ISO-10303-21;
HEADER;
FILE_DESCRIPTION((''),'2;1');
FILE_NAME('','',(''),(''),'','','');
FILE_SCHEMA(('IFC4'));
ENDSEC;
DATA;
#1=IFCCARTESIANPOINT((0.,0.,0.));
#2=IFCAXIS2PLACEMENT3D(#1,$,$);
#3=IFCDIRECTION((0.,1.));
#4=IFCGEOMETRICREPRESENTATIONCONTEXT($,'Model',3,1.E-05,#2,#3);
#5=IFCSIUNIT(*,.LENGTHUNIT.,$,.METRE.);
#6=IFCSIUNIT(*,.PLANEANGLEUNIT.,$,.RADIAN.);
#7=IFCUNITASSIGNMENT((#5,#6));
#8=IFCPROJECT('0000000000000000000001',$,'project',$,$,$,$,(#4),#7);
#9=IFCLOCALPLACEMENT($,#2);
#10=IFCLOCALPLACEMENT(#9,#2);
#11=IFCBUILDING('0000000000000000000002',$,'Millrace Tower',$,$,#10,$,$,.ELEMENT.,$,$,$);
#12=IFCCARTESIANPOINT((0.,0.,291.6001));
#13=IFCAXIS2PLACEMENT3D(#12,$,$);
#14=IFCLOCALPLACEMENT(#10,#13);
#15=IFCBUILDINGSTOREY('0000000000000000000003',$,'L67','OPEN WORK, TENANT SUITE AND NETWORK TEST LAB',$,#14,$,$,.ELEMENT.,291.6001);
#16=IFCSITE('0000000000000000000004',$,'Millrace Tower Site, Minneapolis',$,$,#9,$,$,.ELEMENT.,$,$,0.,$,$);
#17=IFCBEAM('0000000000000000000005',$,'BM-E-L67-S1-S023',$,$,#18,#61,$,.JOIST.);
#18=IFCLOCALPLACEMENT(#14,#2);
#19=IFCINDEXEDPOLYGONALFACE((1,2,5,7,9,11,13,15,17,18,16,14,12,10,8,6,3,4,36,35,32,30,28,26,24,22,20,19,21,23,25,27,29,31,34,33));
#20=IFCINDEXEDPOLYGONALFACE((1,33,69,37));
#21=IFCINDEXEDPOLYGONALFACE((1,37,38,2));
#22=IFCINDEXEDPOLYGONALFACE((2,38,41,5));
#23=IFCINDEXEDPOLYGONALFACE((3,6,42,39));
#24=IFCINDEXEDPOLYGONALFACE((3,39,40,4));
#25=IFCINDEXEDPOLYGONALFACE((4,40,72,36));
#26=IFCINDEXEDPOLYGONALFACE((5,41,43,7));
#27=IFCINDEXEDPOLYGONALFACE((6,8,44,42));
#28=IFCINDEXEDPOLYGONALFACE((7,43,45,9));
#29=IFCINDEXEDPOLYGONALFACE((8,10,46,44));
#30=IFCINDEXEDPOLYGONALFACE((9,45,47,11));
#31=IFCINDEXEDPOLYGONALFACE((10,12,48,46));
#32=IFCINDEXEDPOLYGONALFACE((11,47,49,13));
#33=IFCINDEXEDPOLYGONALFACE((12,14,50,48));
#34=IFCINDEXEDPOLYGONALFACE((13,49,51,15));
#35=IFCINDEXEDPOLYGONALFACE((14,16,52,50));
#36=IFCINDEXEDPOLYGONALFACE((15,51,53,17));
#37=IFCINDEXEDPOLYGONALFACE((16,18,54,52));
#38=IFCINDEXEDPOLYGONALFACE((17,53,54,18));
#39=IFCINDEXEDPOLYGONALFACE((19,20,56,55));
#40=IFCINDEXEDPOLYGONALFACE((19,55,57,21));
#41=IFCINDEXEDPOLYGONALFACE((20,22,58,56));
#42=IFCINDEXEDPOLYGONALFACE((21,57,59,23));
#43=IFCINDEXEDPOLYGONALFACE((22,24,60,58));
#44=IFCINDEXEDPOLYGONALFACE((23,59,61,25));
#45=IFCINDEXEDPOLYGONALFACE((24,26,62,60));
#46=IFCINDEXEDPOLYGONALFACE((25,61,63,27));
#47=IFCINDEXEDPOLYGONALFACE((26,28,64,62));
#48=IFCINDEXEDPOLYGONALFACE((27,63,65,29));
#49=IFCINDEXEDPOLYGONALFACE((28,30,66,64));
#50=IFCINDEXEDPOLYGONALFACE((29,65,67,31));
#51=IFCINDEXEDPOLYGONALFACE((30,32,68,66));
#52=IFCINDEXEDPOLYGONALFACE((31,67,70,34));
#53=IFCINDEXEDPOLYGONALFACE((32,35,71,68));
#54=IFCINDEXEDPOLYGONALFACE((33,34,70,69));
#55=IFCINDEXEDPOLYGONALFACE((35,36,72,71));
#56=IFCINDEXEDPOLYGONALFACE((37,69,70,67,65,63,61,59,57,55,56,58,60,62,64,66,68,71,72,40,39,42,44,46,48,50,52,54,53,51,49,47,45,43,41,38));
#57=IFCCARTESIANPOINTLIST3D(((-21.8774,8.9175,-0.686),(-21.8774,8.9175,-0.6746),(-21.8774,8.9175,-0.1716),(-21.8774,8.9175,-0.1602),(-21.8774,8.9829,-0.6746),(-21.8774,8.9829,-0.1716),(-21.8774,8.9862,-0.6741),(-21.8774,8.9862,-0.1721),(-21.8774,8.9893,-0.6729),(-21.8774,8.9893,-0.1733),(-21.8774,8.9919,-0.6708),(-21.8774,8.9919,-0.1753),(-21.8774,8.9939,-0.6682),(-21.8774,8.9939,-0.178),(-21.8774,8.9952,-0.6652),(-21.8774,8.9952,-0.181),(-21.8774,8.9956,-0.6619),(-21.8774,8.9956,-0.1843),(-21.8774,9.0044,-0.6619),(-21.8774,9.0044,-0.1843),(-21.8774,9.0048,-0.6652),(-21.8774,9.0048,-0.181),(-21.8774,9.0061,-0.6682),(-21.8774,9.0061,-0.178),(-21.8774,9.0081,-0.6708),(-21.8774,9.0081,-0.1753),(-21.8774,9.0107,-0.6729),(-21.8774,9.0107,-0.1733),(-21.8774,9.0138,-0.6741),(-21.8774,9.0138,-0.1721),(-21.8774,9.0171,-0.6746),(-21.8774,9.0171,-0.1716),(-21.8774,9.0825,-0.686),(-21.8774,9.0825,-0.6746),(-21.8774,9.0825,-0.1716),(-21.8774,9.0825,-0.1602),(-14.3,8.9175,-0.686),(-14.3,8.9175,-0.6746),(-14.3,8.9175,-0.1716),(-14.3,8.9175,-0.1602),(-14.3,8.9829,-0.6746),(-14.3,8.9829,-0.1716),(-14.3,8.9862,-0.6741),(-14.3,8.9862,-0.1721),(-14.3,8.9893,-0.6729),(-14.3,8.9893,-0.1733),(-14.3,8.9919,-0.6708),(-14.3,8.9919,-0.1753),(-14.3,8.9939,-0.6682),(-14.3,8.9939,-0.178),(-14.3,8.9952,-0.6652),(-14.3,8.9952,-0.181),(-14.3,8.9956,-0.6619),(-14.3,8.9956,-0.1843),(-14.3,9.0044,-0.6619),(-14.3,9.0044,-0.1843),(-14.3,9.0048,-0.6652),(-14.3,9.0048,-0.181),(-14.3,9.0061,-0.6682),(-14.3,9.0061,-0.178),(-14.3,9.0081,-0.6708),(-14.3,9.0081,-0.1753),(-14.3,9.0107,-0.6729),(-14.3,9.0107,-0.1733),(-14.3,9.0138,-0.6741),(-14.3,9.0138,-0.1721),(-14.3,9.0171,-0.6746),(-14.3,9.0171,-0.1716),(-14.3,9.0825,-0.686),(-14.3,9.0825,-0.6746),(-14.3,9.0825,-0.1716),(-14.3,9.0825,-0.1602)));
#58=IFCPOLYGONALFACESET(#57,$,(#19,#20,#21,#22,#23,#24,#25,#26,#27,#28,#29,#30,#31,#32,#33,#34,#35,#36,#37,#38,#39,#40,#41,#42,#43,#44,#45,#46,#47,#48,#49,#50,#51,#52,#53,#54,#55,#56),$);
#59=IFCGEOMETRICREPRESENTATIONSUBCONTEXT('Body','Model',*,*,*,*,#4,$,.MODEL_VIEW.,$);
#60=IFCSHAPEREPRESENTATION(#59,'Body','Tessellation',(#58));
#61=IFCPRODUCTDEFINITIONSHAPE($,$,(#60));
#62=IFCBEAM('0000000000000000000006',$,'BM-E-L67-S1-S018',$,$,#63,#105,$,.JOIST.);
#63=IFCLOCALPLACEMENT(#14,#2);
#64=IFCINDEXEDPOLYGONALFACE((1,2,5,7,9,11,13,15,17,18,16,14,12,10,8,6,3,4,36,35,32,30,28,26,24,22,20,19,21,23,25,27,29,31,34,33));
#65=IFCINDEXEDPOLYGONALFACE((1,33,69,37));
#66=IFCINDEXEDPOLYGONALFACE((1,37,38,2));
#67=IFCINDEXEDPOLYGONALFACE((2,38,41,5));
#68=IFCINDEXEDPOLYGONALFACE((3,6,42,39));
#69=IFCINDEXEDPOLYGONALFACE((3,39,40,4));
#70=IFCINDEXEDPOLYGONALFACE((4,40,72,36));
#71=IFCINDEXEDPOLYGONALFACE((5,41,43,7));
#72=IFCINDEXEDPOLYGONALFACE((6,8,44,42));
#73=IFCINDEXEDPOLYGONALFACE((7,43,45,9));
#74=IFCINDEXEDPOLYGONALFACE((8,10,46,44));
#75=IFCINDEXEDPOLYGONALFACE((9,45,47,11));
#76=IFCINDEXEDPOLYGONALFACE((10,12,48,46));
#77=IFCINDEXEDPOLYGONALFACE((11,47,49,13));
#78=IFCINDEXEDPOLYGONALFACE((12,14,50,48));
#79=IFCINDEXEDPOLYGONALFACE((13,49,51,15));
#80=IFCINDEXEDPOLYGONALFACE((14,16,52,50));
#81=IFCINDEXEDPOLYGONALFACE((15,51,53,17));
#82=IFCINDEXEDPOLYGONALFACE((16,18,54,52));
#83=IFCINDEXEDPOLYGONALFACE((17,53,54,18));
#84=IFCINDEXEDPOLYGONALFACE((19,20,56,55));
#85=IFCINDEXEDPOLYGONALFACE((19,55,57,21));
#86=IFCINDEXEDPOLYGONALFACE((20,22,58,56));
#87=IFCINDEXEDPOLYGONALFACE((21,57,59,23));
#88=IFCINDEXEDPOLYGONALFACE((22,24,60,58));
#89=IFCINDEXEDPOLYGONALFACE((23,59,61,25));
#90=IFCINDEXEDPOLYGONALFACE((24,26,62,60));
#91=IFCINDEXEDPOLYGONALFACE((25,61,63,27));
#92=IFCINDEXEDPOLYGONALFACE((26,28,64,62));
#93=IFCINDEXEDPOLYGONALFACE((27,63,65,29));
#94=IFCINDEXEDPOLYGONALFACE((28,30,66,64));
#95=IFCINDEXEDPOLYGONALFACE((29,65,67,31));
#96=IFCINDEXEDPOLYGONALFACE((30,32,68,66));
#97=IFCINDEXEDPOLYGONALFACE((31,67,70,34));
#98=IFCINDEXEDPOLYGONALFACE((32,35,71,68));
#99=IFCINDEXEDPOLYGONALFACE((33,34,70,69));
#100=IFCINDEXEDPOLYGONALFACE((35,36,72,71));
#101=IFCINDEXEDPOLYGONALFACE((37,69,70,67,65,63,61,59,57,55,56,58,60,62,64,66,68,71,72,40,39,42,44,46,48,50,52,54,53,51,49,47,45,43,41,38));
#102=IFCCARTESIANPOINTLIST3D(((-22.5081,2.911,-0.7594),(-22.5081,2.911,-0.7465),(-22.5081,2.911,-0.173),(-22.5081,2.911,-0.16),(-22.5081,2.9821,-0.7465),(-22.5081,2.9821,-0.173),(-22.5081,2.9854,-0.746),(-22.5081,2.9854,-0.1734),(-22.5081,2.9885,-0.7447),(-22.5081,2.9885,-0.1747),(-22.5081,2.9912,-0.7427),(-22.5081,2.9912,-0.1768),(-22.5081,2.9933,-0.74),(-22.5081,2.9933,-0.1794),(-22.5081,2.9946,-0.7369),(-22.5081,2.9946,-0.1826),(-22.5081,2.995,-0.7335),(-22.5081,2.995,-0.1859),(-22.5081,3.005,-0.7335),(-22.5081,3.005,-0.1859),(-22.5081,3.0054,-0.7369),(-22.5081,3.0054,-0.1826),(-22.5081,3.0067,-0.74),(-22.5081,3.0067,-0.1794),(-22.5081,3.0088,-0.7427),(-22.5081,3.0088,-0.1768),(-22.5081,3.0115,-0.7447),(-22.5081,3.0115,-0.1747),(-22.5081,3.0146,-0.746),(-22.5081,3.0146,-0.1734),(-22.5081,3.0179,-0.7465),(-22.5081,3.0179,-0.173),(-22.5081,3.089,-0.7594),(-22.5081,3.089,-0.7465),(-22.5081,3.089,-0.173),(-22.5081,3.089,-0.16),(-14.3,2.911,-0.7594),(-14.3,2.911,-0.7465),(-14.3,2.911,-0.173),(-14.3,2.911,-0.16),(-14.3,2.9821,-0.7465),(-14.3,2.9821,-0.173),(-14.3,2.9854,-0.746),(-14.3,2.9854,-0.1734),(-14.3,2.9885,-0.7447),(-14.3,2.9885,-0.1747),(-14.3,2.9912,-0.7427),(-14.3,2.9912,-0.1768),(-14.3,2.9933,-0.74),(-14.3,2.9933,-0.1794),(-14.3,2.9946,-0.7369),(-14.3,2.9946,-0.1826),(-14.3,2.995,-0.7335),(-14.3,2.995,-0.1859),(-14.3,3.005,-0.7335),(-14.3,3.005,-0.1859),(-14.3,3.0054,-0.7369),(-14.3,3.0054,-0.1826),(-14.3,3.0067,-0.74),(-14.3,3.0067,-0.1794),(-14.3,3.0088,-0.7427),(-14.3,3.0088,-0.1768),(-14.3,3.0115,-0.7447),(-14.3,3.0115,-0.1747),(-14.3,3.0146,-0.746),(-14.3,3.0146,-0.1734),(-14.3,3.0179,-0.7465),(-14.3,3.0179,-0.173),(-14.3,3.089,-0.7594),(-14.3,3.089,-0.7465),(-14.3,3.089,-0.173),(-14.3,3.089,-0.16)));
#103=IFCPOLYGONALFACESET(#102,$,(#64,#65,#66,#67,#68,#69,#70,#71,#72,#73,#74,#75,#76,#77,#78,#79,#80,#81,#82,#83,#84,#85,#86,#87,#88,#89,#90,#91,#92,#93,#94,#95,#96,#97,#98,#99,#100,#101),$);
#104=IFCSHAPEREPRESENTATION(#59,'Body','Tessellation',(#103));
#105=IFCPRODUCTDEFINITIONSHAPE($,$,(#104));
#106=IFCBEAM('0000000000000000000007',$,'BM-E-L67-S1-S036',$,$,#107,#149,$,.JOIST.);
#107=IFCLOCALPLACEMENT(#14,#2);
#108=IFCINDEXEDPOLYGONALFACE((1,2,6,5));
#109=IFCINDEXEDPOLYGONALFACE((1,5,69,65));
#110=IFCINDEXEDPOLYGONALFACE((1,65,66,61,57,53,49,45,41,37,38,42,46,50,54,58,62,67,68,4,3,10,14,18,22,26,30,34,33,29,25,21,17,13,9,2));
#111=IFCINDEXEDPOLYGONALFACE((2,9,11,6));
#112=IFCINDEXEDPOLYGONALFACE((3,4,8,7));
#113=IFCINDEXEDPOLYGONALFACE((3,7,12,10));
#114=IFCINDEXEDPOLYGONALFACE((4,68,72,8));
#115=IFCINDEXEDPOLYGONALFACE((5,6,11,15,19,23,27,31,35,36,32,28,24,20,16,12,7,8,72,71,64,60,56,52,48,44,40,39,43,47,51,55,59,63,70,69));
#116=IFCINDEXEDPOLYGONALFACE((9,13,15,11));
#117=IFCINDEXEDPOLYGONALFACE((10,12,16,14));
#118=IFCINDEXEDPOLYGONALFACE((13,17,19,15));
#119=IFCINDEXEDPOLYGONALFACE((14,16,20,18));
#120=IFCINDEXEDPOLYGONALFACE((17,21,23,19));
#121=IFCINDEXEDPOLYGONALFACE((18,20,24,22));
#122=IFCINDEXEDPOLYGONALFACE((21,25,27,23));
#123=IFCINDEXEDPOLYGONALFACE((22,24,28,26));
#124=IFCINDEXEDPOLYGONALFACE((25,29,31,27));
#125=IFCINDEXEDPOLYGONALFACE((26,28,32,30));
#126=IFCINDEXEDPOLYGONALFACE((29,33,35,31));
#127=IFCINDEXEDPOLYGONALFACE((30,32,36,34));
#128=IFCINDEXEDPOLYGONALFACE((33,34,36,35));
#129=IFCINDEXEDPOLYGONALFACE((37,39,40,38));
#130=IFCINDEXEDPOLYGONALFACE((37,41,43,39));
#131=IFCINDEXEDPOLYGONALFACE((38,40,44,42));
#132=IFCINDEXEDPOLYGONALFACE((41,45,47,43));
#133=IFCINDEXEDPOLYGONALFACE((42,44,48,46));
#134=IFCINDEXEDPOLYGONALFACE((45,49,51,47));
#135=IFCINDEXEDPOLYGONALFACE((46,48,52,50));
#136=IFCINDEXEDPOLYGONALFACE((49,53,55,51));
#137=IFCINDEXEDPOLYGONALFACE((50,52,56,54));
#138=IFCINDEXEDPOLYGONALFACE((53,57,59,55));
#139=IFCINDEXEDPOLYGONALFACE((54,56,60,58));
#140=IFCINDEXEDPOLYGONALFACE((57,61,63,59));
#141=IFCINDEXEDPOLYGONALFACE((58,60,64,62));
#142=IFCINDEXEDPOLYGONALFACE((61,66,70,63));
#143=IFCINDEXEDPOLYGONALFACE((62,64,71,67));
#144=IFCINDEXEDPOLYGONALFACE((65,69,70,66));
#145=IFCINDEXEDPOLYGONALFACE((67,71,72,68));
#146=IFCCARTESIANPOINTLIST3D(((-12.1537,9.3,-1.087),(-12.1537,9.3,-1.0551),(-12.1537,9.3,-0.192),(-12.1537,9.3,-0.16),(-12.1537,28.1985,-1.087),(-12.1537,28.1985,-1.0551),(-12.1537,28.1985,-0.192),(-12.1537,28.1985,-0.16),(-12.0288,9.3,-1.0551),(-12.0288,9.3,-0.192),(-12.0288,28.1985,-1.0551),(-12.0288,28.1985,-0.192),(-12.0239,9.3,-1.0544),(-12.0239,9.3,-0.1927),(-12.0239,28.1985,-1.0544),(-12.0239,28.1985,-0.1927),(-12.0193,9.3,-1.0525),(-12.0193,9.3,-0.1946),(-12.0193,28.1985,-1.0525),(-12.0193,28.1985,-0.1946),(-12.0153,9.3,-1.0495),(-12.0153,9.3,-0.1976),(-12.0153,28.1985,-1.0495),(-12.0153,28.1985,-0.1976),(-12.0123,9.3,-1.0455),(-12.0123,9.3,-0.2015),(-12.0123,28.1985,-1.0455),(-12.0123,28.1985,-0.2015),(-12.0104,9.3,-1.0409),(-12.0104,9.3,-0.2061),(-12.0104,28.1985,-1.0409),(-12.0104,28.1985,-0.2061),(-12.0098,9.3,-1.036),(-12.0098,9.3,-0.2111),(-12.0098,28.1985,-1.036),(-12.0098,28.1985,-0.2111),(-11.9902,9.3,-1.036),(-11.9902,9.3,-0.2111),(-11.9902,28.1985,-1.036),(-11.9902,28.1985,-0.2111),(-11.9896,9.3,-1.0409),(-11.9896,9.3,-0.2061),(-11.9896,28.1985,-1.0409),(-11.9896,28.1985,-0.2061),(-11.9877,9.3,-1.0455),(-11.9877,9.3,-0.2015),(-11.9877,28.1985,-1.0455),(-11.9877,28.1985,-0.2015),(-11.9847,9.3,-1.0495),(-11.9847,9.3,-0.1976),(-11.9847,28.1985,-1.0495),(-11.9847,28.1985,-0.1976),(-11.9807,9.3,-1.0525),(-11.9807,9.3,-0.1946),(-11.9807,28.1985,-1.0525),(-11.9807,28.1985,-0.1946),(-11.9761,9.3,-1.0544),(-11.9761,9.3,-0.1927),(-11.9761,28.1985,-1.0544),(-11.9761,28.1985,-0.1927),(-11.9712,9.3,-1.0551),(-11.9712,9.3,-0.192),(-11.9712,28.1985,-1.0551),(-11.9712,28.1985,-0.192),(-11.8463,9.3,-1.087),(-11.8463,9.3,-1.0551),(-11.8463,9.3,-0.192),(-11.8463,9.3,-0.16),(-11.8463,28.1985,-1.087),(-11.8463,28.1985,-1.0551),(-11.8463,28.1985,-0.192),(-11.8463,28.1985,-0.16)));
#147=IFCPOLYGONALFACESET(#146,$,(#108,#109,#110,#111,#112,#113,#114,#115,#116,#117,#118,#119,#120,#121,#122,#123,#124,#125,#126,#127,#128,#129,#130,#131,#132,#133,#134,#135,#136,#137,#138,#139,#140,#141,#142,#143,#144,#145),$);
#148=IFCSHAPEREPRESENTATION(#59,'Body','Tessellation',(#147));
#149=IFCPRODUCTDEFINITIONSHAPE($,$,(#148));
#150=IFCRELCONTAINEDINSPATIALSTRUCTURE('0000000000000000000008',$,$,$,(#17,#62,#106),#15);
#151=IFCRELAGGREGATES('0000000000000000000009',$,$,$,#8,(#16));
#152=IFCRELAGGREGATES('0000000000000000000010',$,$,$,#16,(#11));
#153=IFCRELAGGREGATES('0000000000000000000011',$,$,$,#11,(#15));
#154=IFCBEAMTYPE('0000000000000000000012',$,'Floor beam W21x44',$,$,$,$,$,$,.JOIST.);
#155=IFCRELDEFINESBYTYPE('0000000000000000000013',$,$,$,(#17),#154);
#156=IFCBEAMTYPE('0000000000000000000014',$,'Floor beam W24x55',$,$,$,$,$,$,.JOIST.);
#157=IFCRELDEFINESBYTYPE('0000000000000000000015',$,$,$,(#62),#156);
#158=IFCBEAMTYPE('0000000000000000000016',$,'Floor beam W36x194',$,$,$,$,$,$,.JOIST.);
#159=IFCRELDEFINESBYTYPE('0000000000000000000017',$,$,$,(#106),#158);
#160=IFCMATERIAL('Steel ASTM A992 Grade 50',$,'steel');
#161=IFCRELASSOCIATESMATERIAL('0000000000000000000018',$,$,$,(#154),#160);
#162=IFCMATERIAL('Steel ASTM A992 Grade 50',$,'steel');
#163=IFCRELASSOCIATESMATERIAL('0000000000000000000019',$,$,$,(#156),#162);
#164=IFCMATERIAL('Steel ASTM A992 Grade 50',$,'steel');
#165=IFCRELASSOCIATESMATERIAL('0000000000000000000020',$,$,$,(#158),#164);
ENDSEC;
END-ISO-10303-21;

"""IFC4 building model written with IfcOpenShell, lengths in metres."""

from ifc_helpers import new_model, si_unit, direction, frame, origin, origin_2d, place, context, subcontext, project, spatial, i_section, extrude, material, material_profile, profile_set, type_object, element, save


model = new_model("IFC4")

# Units and contexts
model_context = context("Model", 3, precision=1e-05, world=origin(), true_north=direction((0.0, 1.0)))
body_context = subcontext(model_context, "Body", "Model", "MODEL_VIEW")
ifc_project = project(units=[si_unit("LENGTHUNIT", "METRE"), si_unit("PLANEANGLEUNIT", "RADIAN")], contexts=[model_context])

# Site, building, storey
site_placement = place(None, origin())
site = spatial("IfcSite", under=ifc_project, at=site_placement, Name="Millrace Tower Site, Minneapolis", CompositionType="ELEMENT", RefElevation=0.0)
building_placement = place(site_placement, origin())
building = spatial("IfcBuilding", under=site, at=building_placement, Name="Millrace Tower", CompositionType="ELEMENT")
storey_placement = place(building_placement, frame((0.0, 0.0, 291.6001)))
storey = spatial("IfcBuildingStorey", under=building, at=storey_placement, Name="L67", Description="OPEN WORK, TENANT SUITE AND NETWORK TEST LAB", CompositionType="ELEMENT", Elevation=291.6001)

# Beams
ifc_material_1 = material(Name="Steel ASTM A992 Grade 50", Category="steel")
ifc_material_profile_1 = material_profile(ifc_material_1, i_section(OverallWidth=0.165, OverallDepth=0.5259, WebThickness=0.0088, FlangeThickness=0.0115, FilletRadius=0.0127, at=origin_2d()))
ifc_profile_set_1 = profile_set([ifc_material_profile_1], Name="Steel ASTM A992 Grade 50")
beam_type_1 = type_object("IfcBeamType", Name="Floor beam W21x44", PredefinedType="JOIST", material=ifc_profile_set_1)
beam_1_placement = place(storey_placement, frame((-21.8774, 9.0, -0.4231), z_axis=(1.0, 0.0, 0.0), x_axis=(0.0, 1.0, 0.0)))
element("IfcBeam", 1, at=beam_1_placement, inside=storey, type_object=beam_type_1, Name="BM-E-L67-S1-S023", PredefinedType="JOIST", context=body_context, shape_type="SweptSolid", body=[
    extrude(i_section(OverallWidth=0.165, OverallDepth=0.5259, WebThickness=0.0088, FlangeThickness=0.0115, FilletRadius=0.0127, at=origin_2d()), origin(), (0.0, 0.0, 1.0), 7.5774),
])
ifc_material_2 = material(Name="Steel ASTM A992 Grade 50", Category="steel")
ifc_material_profile_2 = material_profile(ifc_material_2, i_section(OverallWidth=0.178, OverallDepth=0.5994, WebThickness=0.01, FlangeThickness=0.0129, FilletRadius=0.0129, at=origin_2d()))
ifc_profile_set_2 = profile_set([ifc_material_profile_2], Name="Steel ASTM A992 Grade 50")
beam_type_2 = type_object("IfcBeamType", Name="Floor beam W24x55", PredefinedType="JOIST", material=ifc_profile_set_2)
beam_2_placement = place(storey_placement, frame((-22.5081, 3.0, -0.4597), z_axis=(1.0, 0.0, 0.0), x_axis=(0.0, 1.0, 0.0)))
element("IfcBeam", 2, at=beam_2_placement, inside=storey, type_object=beam_type_2, Name="BM-E-L67-S1-S018", PredefinedType="JOIST", context=body_context, shape_type="SweptSolid", body=[
    extrude(i_section(OverallWidth=0.178, OverallDepth=0.5994, WebThickness=0.01, FlangeThickness=0.0129, FilletRadius=0.0129, at=origin_2d()), origin(), (0.0, 0.0, 1.0), 8.208),
])
ifc_material_3 = material(Name="Steel ASTM A992 Grade 50", Category="steel")
ifc_material_profile_3 = material_profile(ifc_material_3, i_section(OverallWidth=0.3074, OverallDepth=0.927, WebThickness=0.0195, FlangeThickness=0.032, FilletRadius=0.019, at=origin_2d()))
ifc_profile_set_3 = profile_set([ifc_material_profile_3], Name="Steel ASTM A992 Grade 50")
beam_type_3 = type_object("IfcBeamType", Name="Floor beam W36x194", PredefinedType="JOIST", material=ifc_profile_set_3)
beam_3_placement = place(storey_placement, frame((-12.0, 9.3, -0.6235), z_axis=(0.0, 1.0, 0.0), x_axis=(-1.0, 0.0, 0.0)))
element("IfcBeam", 3, at=beam_3_placement, inside=storey, type_object=beam_type_3, Name="BM-E-L67-S1-S036", PredefinedType="JOIST", context=body_context, shape_type="SweptSolid", body=[
    extrude(i_section(OverallWidth=0.3074, OverallDepth=0.927, WebThickness=0.0195, FlangeThickness=0.032, FilletRadius=0.019, at=origin_2d()), origin(), (0.0, 0.0, 1.0), 18.8984),
])

save(model, "model.ifc")
